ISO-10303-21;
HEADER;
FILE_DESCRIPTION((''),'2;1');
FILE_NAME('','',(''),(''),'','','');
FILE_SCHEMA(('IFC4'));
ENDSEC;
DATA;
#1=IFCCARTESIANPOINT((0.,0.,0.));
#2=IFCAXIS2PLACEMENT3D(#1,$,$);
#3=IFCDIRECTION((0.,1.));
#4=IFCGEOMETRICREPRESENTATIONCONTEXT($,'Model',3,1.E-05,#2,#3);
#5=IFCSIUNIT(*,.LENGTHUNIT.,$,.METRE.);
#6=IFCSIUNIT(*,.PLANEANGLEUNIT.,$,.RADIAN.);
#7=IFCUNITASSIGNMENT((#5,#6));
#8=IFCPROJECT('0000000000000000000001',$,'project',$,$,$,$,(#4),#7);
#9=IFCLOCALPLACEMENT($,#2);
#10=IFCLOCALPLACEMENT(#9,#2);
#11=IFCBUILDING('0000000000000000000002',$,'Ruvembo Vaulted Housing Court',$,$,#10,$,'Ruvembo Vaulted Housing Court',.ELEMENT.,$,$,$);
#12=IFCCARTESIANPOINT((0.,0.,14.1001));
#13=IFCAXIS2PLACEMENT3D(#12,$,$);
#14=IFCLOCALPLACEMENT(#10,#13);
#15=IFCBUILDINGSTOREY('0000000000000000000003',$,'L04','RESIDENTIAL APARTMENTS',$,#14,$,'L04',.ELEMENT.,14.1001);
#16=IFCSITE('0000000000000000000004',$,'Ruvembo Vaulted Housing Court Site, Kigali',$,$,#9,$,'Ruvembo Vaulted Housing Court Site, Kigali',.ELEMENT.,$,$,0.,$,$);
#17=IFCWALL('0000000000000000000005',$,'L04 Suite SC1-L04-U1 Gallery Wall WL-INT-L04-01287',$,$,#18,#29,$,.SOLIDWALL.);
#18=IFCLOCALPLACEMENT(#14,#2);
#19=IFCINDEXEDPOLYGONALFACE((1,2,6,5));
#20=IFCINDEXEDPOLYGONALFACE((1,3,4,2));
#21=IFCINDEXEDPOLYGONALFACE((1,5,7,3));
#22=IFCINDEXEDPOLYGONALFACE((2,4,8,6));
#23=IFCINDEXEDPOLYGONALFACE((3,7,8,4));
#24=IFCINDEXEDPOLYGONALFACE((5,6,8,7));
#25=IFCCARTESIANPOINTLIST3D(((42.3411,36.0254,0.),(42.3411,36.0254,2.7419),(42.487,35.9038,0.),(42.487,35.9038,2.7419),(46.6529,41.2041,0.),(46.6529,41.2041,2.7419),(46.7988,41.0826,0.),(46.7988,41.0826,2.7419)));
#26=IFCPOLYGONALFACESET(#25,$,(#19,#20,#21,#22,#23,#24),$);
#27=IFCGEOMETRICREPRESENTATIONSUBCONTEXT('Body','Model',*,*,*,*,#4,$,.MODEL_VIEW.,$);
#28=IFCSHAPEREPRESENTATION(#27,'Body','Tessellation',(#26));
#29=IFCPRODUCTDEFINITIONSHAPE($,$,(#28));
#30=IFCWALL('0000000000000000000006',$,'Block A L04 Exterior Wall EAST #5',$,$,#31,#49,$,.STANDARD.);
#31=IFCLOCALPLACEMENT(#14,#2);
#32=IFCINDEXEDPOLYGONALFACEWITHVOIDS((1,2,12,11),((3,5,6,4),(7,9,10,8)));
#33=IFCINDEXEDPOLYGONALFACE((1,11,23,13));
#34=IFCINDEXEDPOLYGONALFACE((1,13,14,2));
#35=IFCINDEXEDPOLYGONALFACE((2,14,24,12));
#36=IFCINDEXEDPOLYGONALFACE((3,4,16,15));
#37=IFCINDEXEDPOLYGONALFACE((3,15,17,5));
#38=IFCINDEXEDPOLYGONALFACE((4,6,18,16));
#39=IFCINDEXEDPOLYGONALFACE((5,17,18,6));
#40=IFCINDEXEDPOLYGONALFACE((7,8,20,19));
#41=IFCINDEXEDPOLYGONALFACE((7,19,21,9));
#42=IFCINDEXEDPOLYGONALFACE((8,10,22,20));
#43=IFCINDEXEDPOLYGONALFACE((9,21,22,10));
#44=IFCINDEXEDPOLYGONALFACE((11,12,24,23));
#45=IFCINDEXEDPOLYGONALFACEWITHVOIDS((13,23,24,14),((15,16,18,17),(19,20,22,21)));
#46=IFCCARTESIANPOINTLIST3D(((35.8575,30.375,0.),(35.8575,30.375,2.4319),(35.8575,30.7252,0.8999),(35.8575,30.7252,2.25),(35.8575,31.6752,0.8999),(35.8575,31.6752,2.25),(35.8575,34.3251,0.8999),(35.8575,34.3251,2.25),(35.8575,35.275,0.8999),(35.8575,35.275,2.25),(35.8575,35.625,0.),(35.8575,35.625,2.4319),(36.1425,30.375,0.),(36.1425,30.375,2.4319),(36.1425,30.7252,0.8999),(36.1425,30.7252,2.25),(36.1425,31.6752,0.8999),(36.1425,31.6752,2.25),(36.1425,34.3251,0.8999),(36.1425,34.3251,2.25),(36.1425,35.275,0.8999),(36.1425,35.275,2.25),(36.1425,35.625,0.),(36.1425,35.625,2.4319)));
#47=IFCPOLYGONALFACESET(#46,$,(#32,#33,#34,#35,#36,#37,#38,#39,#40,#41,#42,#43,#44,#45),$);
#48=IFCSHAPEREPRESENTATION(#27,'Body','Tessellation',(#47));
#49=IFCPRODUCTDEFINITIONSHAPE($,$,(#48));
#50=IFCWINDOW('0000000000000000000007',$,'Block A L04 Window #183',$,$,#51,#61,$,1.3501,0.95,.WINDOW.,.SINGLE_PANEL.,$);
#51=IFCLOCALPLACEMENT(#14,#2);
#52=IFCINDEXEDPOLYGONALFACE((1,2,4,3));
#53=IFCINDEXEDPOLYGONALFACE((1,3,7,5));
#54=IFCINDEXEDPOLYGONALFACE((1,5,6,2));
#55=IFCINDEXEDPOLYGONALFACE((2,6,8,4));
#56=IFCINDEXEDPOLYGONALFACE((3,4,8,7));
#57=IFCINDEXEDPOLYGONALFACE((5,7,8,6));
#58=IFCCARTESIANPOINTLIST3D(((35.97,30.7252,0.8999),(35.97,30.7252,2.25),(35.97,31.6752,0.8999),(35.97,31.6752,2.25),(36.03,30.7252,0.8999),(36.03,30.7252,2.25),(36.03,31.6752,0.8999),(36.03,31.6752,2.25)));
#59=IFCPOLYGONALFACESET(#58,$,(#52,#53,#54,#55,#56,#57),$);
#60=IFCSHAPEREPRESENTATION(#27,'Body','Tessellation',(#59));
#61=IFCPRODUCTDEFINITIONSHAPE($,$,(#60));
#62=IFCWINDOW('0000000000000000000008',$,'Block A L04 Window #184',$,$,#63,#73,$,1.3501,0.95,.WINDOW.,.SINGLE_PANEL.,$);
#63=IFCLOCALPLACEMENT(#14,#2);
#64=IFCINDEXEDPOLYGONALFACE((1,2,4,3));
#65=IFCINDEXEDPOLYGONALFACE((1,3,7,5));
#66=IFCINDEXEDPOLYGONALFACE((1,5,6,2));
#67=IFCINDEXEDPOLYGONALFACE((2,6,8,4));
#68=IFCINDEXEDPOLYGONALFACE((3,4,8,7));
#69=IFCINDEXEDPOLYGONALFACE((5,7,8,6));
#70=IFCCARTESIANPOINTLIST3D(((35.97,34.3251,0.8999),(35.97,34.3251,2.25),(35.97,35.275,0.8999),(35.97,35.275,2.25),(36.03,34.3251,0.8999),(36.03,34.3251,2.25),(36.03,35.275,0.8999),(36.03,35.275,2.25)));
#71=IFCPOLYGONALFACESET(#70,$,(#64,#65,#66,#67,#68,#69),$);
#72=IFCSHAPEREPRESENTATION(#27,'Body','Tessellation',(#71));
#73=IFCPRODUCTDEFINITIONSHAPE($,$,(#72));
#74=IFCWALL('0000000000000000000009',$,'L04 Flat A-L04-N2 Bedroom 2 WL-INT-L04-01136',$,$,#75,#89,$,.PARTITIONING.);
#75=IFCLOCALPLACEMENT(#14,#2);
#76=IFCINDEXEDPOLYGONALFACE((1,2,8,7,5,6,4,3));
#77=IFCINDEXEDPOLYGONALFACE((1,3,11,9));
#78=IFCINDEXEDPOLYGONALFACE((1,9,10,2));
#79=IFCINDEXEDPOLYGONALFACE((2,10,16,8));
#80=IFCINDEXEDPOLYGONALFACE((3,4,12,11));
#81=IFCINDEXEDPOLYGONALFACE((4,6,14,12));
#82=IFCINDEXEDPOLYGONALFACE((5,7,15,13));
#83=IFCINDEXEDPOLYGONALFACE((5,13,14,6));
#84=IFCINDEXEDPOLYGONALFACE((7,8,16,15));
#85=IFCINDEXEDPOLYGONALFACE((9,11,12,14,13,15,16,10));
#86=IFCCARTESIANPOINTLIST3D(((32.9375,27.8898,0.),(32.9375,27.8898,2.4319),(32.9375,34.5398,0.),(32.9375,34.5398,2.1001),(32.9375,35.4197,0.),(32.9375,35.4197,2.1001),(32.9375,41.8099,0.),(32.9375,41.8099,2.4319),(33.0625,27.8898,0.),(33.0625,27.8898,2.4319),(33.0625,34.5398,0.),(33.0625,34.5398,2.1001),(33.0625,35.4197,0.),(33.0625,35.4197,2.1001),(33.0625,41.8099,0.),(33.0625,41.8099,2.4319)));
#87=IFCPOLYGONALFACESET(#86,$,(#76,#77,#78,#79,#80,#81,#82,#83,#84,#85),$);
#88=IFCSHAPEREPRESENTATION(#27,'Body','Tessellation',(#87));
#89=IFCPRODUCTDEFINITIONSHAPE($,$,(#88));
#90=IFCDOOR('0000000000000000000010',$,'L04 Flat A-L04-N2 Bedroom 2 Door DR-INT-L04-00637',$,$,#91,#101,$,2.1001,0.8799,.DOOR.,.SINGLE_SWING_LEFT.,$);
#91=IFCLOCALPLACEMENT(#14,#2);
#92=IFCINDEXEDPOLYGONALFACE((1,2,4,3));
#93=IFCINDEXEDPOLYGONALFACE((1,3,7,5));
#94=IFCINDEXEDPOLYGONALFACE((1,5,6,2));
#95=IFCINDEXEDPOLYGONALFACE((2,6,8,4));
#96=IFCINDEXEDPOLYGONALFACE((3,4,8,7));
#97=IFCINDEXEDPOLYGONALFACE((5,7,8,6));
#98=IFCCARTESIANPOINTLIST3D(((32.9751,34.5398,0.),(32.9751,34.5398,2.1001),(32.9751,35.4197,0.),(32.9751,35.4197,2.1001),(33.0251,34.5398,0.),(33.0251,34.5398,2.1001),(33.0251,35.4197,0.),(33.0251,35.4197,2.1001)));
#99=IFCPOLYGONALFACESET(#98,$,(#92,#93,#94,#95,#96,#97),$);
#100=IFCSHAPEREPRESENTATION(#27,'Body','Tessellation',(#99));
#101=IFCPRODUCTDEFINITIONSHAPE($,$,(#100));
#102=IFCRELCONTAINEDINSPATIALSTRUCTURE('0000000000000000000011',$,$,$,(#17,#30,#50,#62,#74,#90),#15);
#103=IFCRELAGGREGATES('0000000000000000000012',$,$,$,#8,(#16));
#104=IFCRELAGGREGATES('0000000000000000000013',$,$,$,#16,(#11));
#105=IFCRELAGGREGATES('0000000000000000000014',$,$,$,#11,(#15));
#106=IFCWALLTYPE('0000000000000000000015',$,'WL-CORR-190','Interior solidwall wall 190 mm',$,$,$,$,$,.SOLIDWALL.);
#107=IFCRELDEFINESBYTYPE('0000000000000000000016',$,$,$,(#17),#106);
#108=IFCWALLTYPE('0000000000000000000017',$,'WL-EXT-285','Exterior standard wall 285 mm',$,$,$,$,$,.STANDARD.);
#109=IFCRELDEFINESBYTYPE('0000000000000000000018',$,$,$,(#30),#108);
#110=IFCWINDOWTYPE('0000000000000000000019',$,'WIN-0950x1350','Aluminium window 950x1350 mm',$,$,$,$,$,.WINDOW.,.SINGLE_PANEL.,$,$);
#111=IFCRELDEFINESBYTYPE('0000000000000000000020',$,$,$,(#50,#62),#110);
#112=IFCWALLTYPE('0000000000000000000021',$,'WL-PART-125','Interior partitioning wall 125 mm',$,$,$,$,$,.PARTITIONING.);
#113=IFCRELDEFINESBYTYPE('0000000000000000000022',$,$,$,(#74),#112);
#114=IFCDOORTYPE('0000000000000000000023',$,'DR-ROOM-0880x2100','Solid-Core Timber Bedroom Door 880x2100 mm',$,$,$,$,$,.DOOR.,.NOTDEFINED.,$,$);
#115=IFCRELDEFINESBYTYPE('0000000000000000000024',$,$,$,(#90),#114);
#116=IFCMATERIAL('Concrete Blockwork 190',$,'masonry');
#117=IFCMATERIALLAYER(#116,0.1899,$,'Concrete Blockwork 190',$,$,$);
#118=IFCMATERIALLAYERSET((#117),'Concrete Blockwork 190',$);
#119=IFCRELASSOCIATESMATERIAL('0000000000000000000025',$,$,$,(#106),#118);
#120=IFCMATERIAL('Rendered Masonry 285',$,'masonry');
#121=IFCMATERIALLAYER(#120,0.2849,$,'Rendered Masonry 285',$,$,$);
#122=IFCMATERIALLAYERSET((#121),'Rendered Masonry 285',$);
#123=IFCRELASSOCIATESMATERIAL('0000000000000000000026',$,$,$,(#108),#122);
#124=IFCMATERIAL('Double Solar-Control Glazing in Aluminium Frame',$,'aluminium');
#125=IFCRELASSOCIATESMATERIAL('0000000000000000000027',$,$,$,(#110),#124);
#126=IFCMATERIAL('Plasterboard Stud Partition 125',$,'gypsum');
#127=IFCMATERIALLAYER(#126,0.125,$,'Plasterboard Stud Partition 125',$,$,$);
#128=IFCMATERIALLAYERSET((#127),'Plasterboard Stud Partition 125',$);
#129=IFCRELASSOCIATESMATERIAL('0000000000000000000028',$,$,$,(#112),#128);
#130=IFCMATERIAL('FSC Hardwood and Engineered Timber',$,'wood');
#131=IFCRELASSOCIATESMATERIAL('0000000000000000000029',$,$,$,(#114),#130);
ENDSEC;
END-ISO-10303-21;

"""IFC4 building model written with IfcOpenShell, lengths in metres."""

from ifc_helpers import new_model, si_unit, direction, frame, frame_2d, origin, place, context, subcontext, project, spatial, rectangle, extrude, material, layer, layer_set, type_object, element, fill, save


model = new_model("IFC4")

# Units and contexts
model_context = context("Model", 3, precision=1e-05, world=origin(), true_north=direction((0.0, 1.0)))
body_context = subcontext(model_context, "Body", "Model", "MODEL_VIEW")
ifc_project = project(units=[si_unit("LENGTHUNIT", "METRE"), si_unit("PLANEANGLEUNIT", "RADIAN")], contexts=[model_context])

# Site, building, storey
site_placement = place(None, origin())
site = spatial("IfcSite", under=ifc_project, at=site_placement, Name="Ruvembo Vaulted Housing Court Site, Kigali", LongName="Ruvembo Vaulted Housing Court Site, Kigali", CompositionType="ELEMENT", RefElevation=0.0)
building_placement = place(site_placement, origin())
building = spatial("IfcBuilding", under=site, at=building_placement, Name="Ruvembo Vaulted Housing Court", LongName="Ruvembo Vaulted Housing Court", CompositionType="ELEMENT")
storey_placement = place(building_placement, frame((0.0, 0.0, 14.1001)))
storey = spatial("IfcBuildingStorey", under=building, at=storey_placement, Name="L04", Description="RESIDENTIAL APARTMENTS", LongName="L04", CompositionType="ELEMENT", Elevation=14.1001)

# Wall
ifc_material_1 = material(Name="Concrete Blockwork 190", Category="masonry")
ifc_layer_1 = layer(ifc_material_1, 0.1899, Name="Concrete Blockwork 190")
ifc_layer_set_1 = layer_set([ifc_layer_1], Name="Concrete Blockwork 190")
wall_type_1 = type_object("IfcWallType", Name="WL-CORR-190", Description="Interior solidwall wall 190 mm", PredefinedType="SOLIDWALL", material=ifc_layer_set_1)
wall_1_placement = place(storey_placement, frame((42.4141, 35.9646, 0.0), z_axis=(0.0, 0.0, 1.0), x_axis=(0.639849, 0.7685, 0.0)))
element("IfcWall", 1, at=wall_1_placement, inside=storey, type_object=wall_type_1, Name="L04 Suite SC1-L04-U1 Gallery Wall WL-INT-L04-01287", PredefinedType="SOLIDWALL", context=body_context, shape_type="SweptSolid", body=[
    extrude(rectangle(XDim=6.7388, YDim=0.1899, at=frame_2d((3.3694, 0.0))), origin(), (0.0, 0.0, 1.0), 2.7419),
])

# Shared definitions
ifc_material_2 = material(Name="Rendered Masonry 285", Category="masonry")
ifc_layer_2 = layer(ifc_material_2, 0.2849, Name="Rendered Masonry 285")
ifc_layer_set_2 = layer_set([ifc_layer_2], Name="Rendered Masonry 285")
wall_type_2 = type_object("IfcWallType", Name="WL-EXT-285", Description="Exterior standard wall 285 mm", PredefinedType="STANDARD", material=ifc_layer_set_2)
ifc_material_3 = material(Name="Double Solar-Control Glazing in Aluminium Frame", Category="aluminium")

# Wall, openings, windows
wall_2_placement = place(storey_placement, frame((36.0, 30.375, 0.0), z_axis=(0.0, 0.0, 1.0), x_axis=(0.0, 1.0, 0.0)))
wall_2 = element("IfcWall", 2, at=wall_2_placement, inside=storey, type_object=wall_type_2, Name="Block A L04 Exterior Wall EAST #5", PredefinedType="STANDARD", context=body_context, shape_type="SweptSolid", body=[
    extrude(rectangle(XDim=5.25, YDim=0.2849, at=frame_2d((2.625, 0.0))), origin(), (0.0, 0.0, 1.0), 2.4319),
])
opening_1_placement = place(wall_2_placement, frame((0.3501, 0.0, 0.8999)))
opening_1 = element("IfcOpeningElement", 3, at=opening_1_placement, cuts=wall_2, PredefinedType="OPENING", context=body_context, shape_type="SweptSolid", body=[
    extrude(rectangle(XDim=0.95, YDim=1.3501, at=frame_2d((0.4751, 0.675))), frame((0.0, 0.1523, 0.0), z_axis=(0.0, -1.0, 0.0), x_axis=(1.0, 0.0, 0.0)), (0.0, 0.0, 1.0), 0.3049),
])
opening_2_placement = place(wall_2_placement, frame((3.95, 0.0, 0.8999)))
opening_2 = element("IfcOpeningElement", 4, at=opening_2_placement, cuts=wall_2, PredefinedType="OPENING", context=body_context, shape_type="SweptSolid", body=[
    extrude(rectangle(XDim=0.95, YDim=1.3501, at=frame_2d((0.4751, 0.675))), frame((0.0, 0.1523, 0.0), z_axis=(0.0, -1.0, 0.0), x_axis=(1.0, 0.0, 0.0)), (0.0, 0.0, 1.0), 0.3049),
])
window_type_1 = type_object("IfcWindowType", Name="WIN-0950x1350", Description="Aluminium window 950x1350 mm", PartitioningType="SINGLE_PANEL", PredefinedType="WINDOW", material=ifc_material_3)
window_1_placement = place(opening_1_placement, origin())
window_1 = element("IfcWindow", 5, at=window_1_placement, inside=storey, type_object=window_type_1, Name="Block A L04 Window #183", OverallHeight=1.3501, OverallWidth=0.95, PartitioningType="SINGLE_PANEL", PredefinedType="WINDOW", context=body_context, shape_type="SweptSolid", body=[
    extrude(rectangle(XDim=0.95, YDim=1.3501, at=frame_2d((0.4751, 0.675))), frame((0.0, 0.03, 0.0), z_axis=(0.0, -1.0, 0.0), x_axis=(1.0, 0.0, 0.0)), (0.0, 0.0, 1.0), 0.0601),
])
fill(opening_1, window_1)
window_2_placement = place(opening_2_placement, origin())
window_2 = element("IfcWindow", 6, at=window_2_placement, inside=storey, type_object=window_type_1, Name="Block A L04 Window #184", OverallHeight=1.3501, OverallWidth=0.95, PartitioningType="SINGLE_PANEL", PredefinedType="WINDOW", context=body_context, shape_type="SweptSolid", body=[
    extrude(rectangle(XDim=0.95, YDim=1.3501, at=frame_2d((0.4751, 0.675))), frame((0.0, 0.03, 0.0), z_axis=(0.0, -1.0, 0.0), x_axis=(1.0, 0.0, 0.0)), (0.0, 0.0, 1.0), 0.0601),
])
fill(opening_2, window_2)

# Wall, opening, door
ifc_material_4 = material(Name="Plasterboard Stud Partition 125", Category="gypsum")
ifc_layer_3 = layer(ifc_material_4, 0.125, Name="Plasterboard Stud Partition 125")
ifc_layer_set_3 = layer_set([ifc_layer_3], Name="Plasterboard Stud Partition 125")
wall_type_3 = type_object("IfcWallType", Name="WL-PART-125", Description="Interior partitioning wall 125 mm", PredefinedType="PARTITIONING", material=ifc_layer_set_3)
wall_3_placement = place(storey_placement, frame((33.0, 27.8899, 0.0), z_axis=(0.0, 0.0, 1.0), x_axis=(0.0, 1.0, 0.0)))
wall_3 = element("IfcWall", 7, at=wall_3_placement, inside=storey, type_object=wall_type_3, Name="L04 Flat A-L04-N2 Bedroom 2 WL-INT-L04-01136", PredefinedType="PARTITIONING", context=body_context, shape_type="SweptSolid", body=[
    extrude(rectangle(XDim=13.9202, YDim=0.125, at=frame_2d((6.96, 0.0))), origin(), (0.0, 0.0, 1.0), 2.4319),
])
opening_3_placement = place(wall_3_placement, frame((6.6499, 0.0, 0.0)))
opening_3 = element("IfcOpeningElement", 8, at=opening_3_placement, cuts=wall_3, PredefinedType="OPENING", context=body_context, shape_type="SweptSolid", body=[
    extrude(rectangle(XDim=0.8799, YDim=2.1001, at=frame_2d((0.4399, 1.05))), frame((0.0, 0.0725, 0.0), z_axis=(0.0, -1.0, 0.0), x_axis=(1.0, 0.0, 0.0)), (0.0, 0.0, 1.0), 0.145),
])
ifc_material_5 = material(Name="FSC Hardwood and Engineered Timber", Category="wood")
door_type_1 = type_object("IfcDoorType", Name="DR-ROOM-0880x2100", Description="Solid-Core Timber Bedroom Door 880x2100 mm", OperationType="NOTDEFINED", PredefinedType="DOOR", material=ifc_material_5)
door_1_placement = place(opening_3_placement, origin())
door_1 = element("IfcDoor", 9, at=door_1_placement, inside=storey, type_object=door_type_1, Name="L04 Flat A-L04-N2 Bedroom 2 Door DR-INT-L04-00637", OperationType="SINGLE_SWING_LEFT", OverallHeight=2.1001, OverallWidth=0.8799, PredefinedType="DOOR", context=body_context, shape_type="SweptSolid", body=[
    extrude(rectangle(XDim=0.8799, YDim=2.1001, at=frame_2d((0.4399, 1.05))), frame((0.0, 0.0249, 0.0), z_axis=(0.0, -1.0, 0.0), x_axis=(1.0, 0.0, 0.0)), (0.0, 0.0, 1.0), 0.05),
])
fill(opening_3, door_1)

save(model, "model.ifc")
